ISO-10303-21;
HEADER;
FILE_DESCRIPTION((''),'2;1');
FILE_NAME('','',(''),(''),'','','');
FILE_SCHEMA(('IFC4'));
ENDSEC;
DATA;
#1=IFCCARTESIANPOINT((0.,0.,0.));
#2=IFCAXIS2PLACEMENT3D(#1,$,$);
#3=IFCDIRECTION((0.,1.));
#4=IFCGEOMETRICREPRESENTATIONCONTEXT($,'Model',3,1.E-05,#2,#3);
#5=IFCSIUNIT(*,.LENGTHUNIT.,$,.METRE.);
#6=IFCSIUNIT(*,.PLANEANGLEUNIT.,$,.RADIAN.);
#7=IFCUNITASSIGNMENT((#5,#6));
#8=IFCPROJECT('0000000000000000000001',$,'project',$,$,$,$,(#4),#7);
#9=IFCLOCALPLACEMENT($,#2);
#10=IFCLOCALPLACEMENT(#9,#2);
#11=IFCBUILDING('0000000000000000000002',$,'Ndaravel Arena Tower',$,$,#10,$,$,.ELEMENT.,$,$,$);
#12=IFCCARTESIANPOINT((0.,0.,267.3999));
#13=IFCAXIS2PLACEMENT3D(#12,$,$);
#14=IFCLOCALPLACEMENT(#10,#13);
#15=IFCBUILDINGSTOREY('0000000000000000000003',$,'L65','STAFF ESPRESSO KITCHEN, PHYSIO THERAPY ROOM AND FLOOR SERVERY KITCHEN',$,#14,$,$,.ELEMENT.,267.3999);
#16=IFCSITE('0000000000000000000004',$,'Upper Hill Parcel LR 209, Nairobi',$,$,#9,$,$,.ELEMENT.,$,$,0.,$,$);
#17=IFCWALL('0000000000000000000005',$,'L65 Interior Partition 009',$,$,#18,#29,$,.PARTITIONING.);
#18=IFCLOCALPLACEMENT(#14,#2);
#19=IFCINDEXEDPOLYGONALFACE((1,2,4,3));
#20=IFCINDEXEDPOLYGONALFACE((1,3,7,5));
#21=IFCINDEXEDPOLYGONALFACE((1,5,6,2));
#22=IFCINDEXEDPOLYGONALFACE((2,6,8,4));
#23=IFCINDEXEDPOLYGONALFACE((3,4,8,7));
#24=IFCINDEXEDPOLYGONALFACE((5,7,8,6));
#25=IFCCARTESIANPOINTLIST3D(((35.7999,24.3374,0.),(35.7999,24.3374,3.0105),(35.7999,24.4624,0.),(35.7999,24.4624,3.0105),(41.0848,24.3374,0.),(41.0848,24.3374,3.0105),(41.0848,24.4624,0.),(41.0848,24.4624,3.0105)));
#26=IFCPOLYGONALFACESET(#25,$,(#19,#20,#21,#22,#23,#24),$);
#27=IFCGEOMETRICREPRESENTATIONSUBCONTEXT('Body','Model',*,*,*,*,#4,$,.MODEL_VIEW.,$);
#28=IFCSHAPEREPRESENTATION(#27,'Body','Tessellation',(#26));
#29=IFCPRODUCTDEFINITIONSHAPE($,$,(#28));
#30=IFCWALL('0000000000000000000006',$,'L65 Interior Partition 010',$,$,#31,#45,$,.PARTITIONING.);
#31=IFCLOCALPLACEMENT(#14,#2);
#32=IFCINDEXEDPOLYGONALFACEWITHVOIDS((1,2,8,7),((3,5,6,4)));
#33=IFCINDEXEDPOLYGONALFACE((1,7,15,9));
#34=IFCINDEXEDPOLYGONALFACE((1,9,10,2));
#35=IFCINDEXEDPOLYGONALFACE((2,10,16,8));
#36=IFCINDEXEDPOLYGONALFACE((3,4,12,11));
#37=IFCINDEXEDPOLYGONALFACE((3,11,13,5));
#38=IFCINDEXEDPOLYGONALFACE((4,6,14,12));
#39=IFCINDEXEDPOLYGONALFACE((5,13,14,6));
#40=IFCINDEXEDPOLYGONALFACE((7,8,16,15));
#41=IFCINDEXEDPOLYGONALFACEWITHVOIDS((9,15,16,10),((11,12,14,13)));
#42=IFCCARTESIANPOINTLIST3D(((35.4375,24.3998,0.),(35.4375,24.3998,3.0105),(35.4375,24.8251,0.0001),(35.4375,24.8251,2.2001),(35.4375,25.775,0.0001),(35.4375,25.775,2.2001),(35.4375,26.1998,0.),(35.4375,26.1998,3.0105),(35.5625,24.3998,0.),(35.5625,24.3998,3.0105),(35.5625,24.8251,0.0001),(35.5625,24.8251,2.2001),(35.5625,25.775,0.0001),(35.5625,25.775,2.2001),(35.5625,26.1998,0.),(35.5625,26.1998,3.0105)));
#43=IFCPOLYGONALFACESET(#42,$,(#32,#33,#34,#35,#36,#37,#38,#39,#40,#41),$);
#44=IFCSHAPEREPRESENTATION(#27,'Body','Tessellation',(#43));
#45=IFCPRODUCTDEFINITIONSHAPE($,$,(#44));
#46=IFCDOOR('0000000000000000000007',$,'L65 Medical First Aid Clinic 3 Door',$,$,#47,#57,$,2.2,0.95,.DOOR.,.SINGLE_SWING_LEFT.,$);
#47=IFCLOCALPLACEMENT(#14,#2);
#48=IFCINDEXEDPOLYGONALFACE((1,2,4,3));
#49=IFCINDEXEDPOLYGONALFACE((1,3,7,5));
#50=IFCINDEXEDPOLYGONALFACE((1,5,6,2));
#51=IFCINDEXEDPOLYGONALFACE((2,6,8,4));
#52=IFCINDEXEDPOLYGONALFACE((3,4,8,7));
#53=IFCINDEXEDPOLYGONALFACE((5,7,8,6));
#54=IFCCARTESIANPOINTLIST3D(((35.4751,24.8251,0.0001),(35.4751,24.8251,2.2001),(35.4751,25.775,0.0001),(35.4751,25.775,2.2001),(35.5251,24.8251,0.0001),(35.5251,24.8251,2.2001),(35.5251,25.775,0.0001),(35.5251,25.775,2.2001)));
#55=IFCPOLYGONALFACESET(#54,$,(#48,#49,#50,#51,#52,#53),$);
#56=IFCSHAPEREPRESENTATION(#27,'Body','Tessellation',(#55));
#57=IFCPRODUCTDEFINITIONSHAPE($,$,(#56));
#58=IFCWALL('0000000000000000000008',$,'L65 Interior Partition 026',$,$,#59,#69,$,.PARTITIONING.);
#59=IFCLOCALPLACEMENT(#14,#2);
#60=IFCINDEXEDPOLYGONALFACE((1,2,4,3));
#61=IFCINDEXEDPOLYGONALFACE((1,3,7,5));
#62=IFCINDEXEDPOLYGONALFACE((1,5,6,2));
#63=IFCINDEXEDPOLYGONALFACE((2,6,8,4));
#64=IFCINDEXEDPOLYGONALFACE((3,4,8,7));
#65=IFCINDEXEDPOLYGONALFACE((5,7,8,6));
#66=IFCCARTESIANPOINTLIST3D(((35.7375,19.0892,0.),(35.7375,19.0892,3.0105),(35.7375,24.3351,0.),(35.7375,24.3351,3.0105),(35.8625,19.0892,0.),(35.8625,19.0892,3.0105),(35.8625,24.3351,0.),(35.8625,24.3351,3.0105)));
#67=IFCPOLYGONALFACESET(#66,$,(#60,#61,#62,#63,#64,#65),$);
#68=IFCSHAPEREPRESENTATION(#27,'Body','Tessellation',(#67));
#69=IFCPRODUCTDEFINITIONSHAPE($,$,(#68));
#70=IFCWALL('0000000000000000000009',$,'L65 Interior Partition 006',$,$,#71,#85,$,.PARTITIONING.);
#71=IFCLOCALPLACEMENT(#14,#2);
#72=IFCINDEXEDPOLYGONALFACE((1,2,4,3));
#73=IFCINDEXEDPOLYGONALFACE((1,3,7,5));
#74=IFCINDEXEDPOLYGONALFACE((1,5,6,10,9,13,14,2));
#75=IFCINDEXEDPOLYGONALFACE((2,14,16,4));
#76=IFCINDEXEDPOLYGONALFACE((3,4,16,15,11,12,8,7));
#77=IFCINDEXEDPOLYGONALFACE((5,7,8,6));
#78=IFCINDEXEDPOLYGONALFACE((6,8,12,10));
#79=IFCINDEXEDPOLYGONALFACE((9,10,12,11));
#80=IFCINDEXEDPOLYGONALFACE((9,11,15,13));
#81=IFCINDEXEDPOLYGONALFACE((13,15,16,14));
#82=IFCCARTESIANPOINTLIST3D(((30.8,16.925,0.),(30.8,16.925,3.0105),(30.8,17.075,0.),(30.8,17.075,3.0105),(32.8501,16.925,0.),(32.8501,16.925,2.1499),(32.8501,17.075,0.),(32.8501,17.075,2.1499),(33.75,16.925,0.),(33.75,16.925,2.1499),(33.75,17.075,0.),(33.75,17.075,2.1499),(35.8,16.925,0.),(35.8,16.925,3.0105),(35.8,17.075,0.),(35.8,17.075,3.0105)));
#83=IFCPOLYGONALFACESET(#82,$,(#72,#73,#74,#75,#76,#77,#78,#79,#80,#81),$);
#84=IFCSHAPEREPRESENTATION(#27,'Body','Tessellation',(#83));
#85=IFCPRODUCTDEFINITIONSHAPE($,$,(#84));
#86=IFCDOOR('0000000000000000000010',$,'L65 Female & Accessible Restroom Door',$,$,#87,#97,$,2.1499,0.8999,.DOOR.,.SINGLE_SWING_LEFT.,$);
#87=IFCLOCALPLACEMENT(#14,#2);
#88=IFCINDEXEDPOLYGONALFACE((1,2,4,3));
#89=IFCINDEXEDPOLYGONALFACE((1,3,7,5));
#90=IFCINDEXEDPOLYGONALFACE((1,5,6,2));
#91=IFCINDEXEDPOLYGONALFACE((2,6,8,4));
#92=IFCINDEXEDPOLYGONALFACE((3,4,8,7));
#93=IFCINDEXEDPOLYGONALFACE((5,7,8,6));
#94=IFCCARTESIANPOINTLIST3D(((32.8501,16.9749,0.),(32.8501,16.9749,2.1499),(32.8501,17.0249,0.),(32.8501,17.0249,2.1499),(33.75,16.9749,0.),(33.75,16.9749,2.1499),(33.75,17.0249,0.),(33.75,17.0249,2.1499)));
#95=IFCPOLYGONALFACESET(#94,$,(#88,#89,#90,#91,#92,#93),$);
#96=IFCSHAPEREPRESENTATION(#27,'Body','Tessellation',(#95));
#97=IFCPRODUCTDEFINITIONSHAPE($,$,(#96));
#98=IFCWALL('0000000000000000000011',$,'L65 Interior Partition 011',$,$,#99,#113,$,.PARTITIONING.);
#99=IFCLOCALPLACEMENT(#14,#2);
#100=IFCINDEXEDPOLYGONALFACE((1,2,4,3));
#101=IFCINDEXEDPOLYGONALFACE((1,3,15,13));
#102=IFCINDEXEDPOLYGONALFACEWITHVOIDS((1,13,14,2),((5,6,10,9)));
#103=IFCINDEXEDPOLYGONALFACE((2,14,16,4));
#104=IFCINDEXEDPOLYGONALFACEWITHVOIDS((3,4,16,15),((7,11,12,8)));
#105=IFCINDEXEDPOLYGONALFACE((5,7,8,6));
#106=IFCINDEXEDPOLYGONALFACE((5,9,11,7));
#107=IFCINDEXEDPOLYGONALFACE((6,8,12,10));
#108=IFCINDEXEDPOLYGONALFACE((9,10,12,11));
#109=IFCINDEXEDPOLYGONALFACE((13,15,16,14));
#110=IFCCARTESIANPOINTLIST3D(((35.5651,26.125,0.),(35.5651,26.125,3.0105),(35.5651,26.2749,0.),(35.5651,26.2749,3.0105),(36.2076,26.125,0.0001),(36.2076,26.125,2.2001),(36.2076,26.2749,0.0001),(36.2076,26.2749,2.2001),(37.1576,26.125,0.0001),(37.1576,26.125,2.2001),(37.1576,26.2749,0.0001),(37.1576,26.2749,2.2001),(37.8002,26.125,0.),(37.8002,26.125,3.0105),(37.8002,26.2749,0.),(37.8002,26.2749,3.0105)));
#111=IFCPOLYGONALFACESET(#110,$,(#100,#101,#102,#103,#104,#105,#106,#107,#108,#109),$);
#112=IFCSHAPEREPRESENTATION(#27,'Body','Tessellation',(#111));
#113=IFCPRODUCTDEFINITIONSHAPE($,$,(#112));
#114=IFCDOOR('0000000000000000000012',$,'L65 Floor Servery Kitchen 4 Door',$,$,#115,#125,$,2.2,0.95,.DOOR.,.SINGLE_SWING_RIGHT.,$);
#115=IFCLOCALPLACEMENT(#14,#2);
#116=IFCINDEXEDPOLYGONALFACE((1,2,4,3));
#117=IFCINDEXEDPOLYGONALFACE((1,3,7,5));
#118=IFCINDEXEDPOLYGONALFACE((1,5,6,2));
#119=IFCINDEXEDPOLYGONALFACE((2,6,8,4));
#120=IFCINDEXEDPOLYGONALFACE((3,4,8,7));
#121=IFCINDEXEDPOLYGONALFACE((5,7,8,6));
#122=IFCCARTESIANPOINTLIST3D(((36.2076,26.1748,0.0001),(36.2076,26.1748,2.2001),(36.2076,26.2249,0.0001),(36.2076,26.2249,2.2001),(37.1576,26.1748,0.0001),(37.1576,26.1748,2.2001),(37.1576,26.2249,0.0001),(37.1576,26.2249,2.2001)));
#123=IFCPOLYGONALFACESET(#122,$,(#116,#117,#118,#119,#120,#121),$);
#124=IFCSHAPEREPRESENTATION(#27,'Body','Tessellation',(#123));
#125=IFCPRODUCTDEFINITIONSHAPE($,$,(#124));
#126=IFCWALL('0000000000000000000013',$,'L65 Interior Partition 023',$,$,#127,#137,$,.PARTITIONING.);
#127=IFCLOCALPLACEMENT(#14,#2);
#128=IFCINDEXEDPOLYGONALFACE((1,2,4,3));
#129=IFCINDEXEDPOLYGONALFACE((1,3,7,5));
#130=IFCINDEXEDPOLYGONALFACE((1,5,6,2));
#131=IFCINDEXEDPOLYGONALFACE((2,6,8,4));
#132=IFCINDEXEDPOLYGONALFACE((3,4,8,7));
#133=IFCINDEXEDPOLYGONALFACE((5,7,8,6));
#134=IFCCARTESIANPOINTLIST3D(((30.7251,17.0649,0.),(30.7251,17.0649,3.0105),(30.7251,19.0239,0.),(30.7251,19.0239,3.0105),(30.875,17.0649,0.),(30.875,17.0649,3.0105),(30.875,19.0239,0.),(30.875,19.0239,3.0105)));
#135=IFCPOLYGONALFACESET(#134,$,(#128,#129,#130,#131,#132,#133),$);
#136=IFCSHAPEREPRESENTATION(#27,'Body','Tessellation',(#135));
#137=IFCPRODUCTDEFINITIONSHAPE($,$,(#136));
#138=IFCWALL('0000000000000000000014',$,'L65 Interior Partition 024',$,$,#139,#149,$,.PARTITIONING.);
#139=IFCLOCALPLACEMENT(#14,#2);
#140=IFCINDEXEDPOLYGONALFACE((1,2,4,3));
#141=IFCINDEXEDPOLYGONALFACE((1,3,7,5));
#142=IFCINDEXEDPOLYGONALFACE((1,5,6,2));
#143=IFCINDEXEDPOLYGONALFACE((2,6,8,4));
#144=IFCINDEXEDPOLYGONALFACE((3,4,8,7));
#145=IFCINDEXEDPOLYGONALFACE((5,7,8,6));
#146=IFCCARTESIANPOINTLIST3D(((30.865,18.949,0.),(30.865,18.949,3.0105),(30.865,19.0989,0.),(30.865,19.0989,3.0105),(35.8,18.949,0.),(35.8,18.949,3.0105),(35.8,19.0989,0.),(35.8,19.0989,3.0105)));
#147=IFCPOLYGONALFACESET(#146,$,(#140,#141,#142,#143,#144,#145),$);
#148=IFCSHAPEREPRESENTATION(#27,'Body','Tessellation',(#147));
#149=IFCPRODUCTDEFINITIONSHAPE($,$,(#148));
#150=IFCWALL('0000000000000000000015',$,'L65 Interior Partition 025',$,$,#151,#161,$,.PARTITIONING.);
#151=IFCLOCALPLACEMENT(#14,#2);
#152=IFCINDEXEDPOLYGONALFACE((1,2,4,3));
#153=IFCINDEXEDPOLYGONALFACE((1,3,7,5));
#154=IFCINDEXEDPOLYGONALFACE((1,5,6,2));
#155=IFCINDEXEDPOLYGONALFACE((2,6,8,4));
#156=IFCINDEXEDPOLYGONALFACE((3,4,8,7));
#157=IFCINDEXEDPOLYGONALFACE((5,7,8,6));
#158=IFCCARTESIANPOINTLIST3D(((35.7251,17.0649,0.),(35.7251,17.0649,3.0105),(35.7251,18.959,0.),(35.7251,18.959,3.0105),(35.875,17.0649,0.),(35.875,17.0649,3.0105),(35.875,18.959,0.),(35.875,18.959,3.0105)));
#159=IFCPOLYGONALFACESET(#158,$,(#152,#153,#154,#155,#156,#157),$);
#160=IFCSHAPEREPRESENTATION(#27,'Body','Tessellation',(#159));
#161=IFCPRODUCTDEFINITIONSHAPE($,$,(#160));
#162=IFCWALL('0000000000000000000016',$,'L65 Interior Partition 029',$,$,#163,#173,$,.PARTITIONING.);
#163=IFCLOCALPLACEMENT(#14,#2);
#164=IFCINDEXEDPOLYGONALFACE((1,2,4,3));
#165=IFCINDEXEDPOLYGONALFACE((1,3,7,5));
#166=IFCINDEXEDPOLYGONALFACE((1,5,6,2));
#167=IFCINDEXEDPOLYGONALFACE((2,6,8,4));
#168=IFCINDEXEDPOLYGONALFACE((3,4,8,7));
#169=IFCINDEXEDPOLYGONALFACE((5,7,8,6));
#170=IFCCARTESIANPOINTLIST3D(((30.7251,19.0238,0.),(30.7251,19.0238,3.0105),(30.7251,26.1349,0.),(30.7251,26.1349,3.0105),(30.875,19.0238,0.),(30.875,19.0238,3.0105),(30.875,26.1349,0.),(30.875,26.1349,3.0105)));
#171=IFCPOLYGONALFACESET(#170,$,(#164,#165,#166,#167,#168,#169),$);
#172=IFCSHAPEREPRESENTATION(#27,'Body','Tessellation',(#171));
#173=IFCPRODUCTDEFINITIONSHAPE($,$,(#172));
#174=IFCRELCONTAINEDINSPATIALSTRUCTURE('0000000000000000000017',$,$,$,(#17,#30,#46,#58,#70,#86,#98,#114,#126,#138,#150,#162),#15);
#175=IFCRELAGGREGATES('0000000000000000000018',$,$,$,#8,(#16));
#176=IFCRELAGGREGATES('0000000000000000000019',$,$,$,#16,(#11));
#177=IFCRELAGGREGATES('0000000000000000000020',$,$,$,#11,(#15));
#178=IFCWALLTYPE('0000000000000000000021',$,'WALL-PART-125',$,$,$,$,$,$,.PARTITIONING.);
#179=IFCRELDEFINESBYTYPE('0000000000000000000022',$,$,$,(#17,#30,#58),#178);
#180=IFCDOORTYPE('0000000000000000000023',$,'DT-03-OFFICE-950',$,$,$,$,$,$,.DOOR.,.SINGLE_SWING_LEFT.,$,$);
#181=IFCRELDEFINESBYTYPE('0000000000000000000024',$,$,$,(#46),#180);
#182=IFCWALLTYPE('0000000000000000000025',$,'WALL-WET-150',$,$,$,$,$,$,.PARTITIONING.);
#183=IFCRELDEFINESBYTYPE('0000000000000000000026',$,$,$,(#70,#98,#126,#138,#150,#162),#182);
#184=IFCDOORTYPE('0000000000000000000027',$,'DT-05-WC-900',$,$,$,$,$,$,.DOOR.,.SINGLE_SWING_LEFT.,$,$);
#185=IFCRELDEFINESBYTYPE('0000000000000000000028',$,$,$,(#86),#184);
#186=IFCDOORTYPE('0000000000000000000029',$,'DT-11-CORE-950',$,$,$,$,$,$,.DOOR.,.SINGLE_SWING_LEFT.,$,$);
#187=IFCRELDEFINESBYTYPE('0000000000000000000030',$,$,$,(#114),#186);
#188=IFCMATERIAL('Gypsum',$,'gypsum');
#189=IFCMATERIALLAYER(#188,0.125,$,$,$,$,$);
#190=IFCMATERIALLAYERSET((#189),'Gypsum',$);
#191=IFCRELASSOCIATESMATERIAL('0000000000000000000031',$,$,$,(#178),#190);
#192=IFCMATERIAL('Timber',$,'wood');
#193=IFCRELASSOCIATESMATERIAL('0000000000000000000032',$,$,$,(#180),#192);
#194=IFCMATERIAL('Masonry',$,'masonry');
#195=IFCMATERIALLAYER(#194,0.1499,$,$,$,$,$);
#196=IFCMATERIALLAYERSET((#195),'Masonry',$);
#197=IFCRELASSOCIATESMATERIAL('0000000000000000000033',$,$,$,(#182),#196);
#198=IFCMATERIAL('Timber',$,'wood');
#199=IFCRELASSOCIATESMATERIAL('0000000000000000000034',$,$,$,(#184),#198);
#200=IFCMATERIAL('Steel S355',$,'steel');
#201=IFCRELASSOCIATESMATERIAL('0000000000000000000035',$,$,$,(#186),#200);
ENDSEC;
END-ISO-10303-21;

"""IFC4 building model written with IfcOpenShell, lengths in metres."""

from ifc_helpers import new_model, si_unit, direction, frame, frame_2d, origin, place, context, subcontext, project, spatial, rectangle, extrude, material, layer, layer_set, type_object, element, fill, save


model = new_model("IFC4")

# Units and contexts
model_context = context("Model", 3, precision=1e-05, world=origin(), true_north=direction((0.0, 1.0)))
body_context = subcontext(model_context, "Body", "Model", "MODEL_VIEW")
ifc_project = project(units=[si_unit("LENGTHUNIT", "METRE"), si_unit("PLANEANGLEUNIT", "RADIAN")], contexts=[model_context])

# Site, building, storey
site_placement = place(None, origin())
site = spatial("IfcSite", under=ifc_project, at=site_placement, Name="Upper Hill Parcel LR 209, Nairobi", CompositionType="ELEMENT", RefElevation=0.0)
building_placement = place(site_placement, origin())
building = spatial("IfcBuilding", under=site, at=building_placement, Name="Ndaravel Arena Tower", CompositionType="ELEMENT")
storey_placement = place(building_placement, frame((0.0, 0.0, 267.3999)))
storey = spatial("IfcBuildingStorey", under=building, at=storey_placement, Name="L65", Description="STAFF ESPRESSO KITCHEN, PHYSIO THERAPY ROOM AND FLOOR SERVERY KITCHEN", CompositionType="ELEMENT", Elevation=267.3999)

# Shared definitions
ifc_material_1 = material(Name="Gypsum", Category="gypsum")
ifc_layer_1 = layer(ifc_material_1, 0.125)
ifc_layer_set_1 = layer_set([ifc_layer_1], Name="Gypsum")
wall_type_1 = type_object("IfcWallType", Name="WALL-PART-125", PredefinedType="PARTITIONING", material=ifc_layer_set_1)

# Wall
wall_1_placement = place(storey_placement, frame((41.085, 24.3999, 0.0), z_axis=(0.0, 0.0, 1.0), x_axis=(-1.0, 0.0, 0.0)))
element("IfcWall", 1, at=wall_1_placement, inside=storey, type_object=wall_type_1, Name="L65 Interior Partition 009", PredefinedType="PARTITIONING", context=body_context, shape_type="SweptSolid", body=[
    extrude(rectangle(XDim=5.2849, YDim=0.125, at=frame_2d((2.6426, 0.0))), origin(), (0.0, 0.0, 1.0), 3.0105),
])

# Wall, opening, door
wall_2_placement = place(storey_placement, frame((35.5, 24.3999, 0.0), z_axis=(0.0, 0.0, 1.0), x_axis=(0.0, 1.0, 0.0)))
wall_2 = element("IfcWall", 2, at=wall_2_placement, inside=storey, type_object=wall_type_1, Name="L65 Interior Partition 010", PredefinedType="PARTITIONING", context=body_context, shape_type="SweptSolid", body=[
    extrude(rectangle(XDim=1.8, YDim=0.125, at=frame_2d((0.8999, 0.0))), origin(), (0.0, 0.0, 1.0), 3.0105),
])
opening_1_placement = place(wall_2_placement, frame((0.425, 0.0, 0.0)))
opening_1 = element("IfcOpeningElement", 3, at=opening_1_placement, cuts=wall_2, PredefinedType="OPENING", context=body_context, shape_type="SweptSolid", body=[
    extrude(rectangle(XDim=0.95, YDim=2.2, at=frame_2d((0.4751, 1.1001))), frame((0.0, 0.0625, 0.0), z_axis=(0.0, -1.0, 0.0), x_axis=(1.0, 0.0, 0.0)), (0.0, 0.0, 1.0), 0.125),
])
ifc_material_2 = material(Name="Timber", Category="wood")
door_type_1 = type_object("IfcDoorType", Name="DT-03-OFFICE-950", OperationType="SINGLE_SWING_LEFT", PredefinedType="DOOR", material=ifc_material_2)
door_1_placement = place(opening_1_placement, origin())
door_1 = element("IfcDoor", 4, at=door_1_placement, inside=storey, type_object=door_type_1, Name="L65 Medical First Aid Clinic 3 Door", OperationType="SINGLE_SWING_LEFT", OverallHeight=2.2, OverallWidth=0.95, PredefinedType="DOOR", context=body_context, shape_type="SweptSolid", body=[
    extrude(rectangle(XDim=0.95, YDim=2.2, at=frame_2d((0.4751, 1.1001))), frame((0.0, 0.0249, 0.0), z_axis=(0.0, -1.0, 0.0), x_axis=(1.0, 0.0, 0.0)), (0.0, 0.0, 1.0), 0.05),
])
fill(opening_1, door_1)

# Wall
wall_3_placement = place(storey_placement, frame((35.8, 19.0891, 0.0), z_axis=(0.0, 0.0, 1.0), x_axis=(0.0, 1.0, 0.0)))
element("IfcWall", 5, at=wall_3_placement, inside=storey, type_object=wall_type_1, Name="L65 Interior Partition 026", PredefinedType="PARTITIONING", context=body_context, shape_type="SweptSolid", body=[
    extrude(rectangle(XDim=5.2458, YDim=0.125, at=frame_2d((2.623, 0.0))), origin(), (0.0, 0.0, 1.0), 3.0105),
])

# Walls, openings, doors
ifc_material_3 = material(Name="Masonry", Category="masonry")
ifc_layer_2 = layer(ifc_material_3, 0.1499)
ifc_layer_set_2 = layer_set([ifc_layer_2], Name="Masonry")
wall_type_2 = type_object("IfcWallType", Name="WALL-WET-150", PredefinedType="PARTITIONING", material=ifc_layer_set_2)
wall_4_placement = place(storey_placement, frame((30.8, 17.0, 0.0), z_axis=(0.0, 0.0, 1.0), x_axis=(1.0, 0.0, 0.0)))
wall_4 = element("IfcWall", 6, at=wall_4_placement, inside=storey, type_object=wall_type_2, Name="L65 Interior Partition 006", PredefinedType="PARTITIONING", context=body_context, shape_type="SweptSolid", body=[
    extrude(rectangle(XDim=5.0, YDim=0.1499, at=frame_2d((2.5, 0.0))), origin(), (0.0, 0.0, 1.0), 3.0105),
])
opening_2_placement = place(wall_4_placement, frame((2.05, 0.0, 0.0)))
opening_2 = element("IfcOpeningElement", 7, at=opening_2_placement, cuts=wall_4, PredefinedType="OPENING", context=body_context, shape_type="SweptSolid", body=[
    extrude(rectangle(XDim=0.8999, YDim=2.1499, at=frame_2d((0.45, 1.075))), frame((0.0, 0.075, 0.0), z_axis=(0.0, -1.0, 0.0), x_axis=(1.0, 0.0, 0.0)), (0.0, 0.0, 1.0), 0.1499),
])
ifc_material_4 = material(Name="Timber", Category="wood")
door_type_2 = type_object("IfcDoorType", Name="DT-05-WC-900", OperationType="SINGLE_SWING_LEFT", PredefinedType="DOOR", material=ifc_material_4)
door_2_placement = place(opening_2_placement, origin())
door_2 = element("IfcDoor", 8, at=door_2_placement, inside=storey, type_object=door_type_2, Name="L65 Female & Accessible Restroom Door", OperationType="SINGLE_SWING_LEFT", OverallHeight=2.1499, OverallWidth=0.8999, PredefinedType="DOOR", context=body_context, shape_type="SweptSolid", body=[
    extrude(rectangle(XDim=0.8999, YDim=2.1499, at=frame_2d((0.45, 1.075))), frame((0.0, 0.0249, 0.0), z_axis=(0.0, -1.0, 0.0), x_axis=(1.0, 0.0, 0.0)), (0.0, 0.0, 1.0), 0.05),
])
fill(opening_2, door_2)
wall_5_placement = place(storey_placement, frame((35.5649, 26.2, 0.0), z_axis=(0.0, 0.0, 1.0), x_axis=(1.0, 0.0, 0.0)))
wall_5 = element("IfcWall", 9, at=wall_5_placement, inside=storey, type_object=wall_type_2, Name="L65 Interior Partition 011", PredefinedType="PARTITIONING", context=body_context, shape_type="SweptSolid", body=[
    extrude(rectangle(XDim=2.2351, YDim=0.1499, at=frame_2d((1.1177, 0.0))), origin(), (0.0, 0.0, 1.0), 3.0105),
])
opening_3_placement = place(wall_5_placement, frame((0.6426, 0.0, 0.0)))
opening_3 = element("IfcOpeningElement", 10, at=opening_3_placement, cuts=wall_5, PredefinedType="OPENING", context=body_context, shape_type="SweptSolid", body=[
    extrude(rectangle(XDim=0.95, YDim=2.2, at=frame_2d((0.4751, 1.1001))), frame((0.0, 0.075, 0.0), z_axis=(0.0, -1.0, 0.0), x_axis=(1.0, 0.0, 0.0)), (0.0, 0.0, 1.0), 0.1499),
])
ifc_material_5 = material(Name="Steel S355", Category="steel")
door_type_3 = type_object("IfcDoorType", Name="DT-11-CORE-950", OperationType="SINGLE_SWING_LEFT", PredefinedType="DOOR", material=ifc_material_5)
door_3_placement = place(opening_3_placement, origin())
door_3 = element("IfcDoor", 11, at=door_3_placement, inside=storey, type_object=door_type_3, Name="L65 Floor Servery Kitchen 4 Door", OperationType="SINGLE_SWING_RIGHT", OverallHeight=2.2, OverallWidth=0.95, PredefinedType="DOOR", context=body_context, shape_type="SweptSolid", body=[
    extrude(rectangle(XDim=0.95, YDim=2.2, at=frame_2d((0.4751, 1.1001))), frame((0.0, 0.0249, 0.0), z_axis=(0.0, -1.0, 0.0), x_axis=(1.0, 0.0, 0.0)), (0.0, 0.0, 1.0), 0.05),
])
fill(opening_3, door_3)

# Walls
wall_6_placement = place(storey_placement, frame((30.8, 17.0649, 0.0), z_axis=(0.0, 0.0, 1.0), x_axis=(0.0, 1.0, 0.0)))
element("IfcWall", 12, at=wall_6_placement, inside=storey, type_object=wall_type_2, Name="L65 Interior Partition 023", PredefinedType="PARTITIONING", context=body_context, shape_type="SweptSolid", body=[
    extrude(rectangle(XDim=1.959, YDim=0.1499, at=frame_2d((0.9795, 0.0))), origin(), (0.0, 0.0, 1.0), 3.0105),
])
wall_7_placement = place(storey_placement, frame((30.865, 19.0239, 0.0), z_axis=(0.0, 0.0, 1.0), x_axis=(1.0, 0.0, 0.0)))
element("IfcWall", 13, at=wall_7_placement, inside=storey, type_object=wall_type_2, Name="L65 Interior Partition 024", PredefinedType="PARTITIONING", context=body_context, shape_type="SweptSolid", body=[
    extrude(rectangle(XDim=4.9351, YDim=0.1499, at=frame_2d((2.4675, 0.0))), origin(), (0.0, 0.0, 1.0), 3.0105),
])
wall_8_placement = place(storey_placement, frame((35.8, 18.959, 0.0), z_axis=(0.0, 0.0, 1.0), x_axis=(0.0, -1.0, 0.0)))
element("IfcWall", 14, at=wall_8_placement, inside=storey, type_object=wall_type_2, Name="L65 Interior Partition 025", PredefinedType="PARTITIONING", context=body_context, shape_type="SweptSolid", body=[
    extrude(rectangle(XDim=1.894, YDim=0.1499, at=frame_2d((0.947, 0.0))), origin(), (0.0, 0.0, 1.0), 3.0105),
])
wall_9_placement = place(storey_placement, frame((30.8, 26.135, 0.0), z_axis=(0.0, 0.0, 1.0), x_axis=(0.0, -1.0, 0.0)))
element("IfcWall", 15, at=wall_9_placement, inside=storey, type_object=wall_type_2, Name="L65 Interior Partition 029", PredefinedType="PARTITIONING", context=body_context, shape_type="SweptSolid", body=[
    extrude(rectangle(XDim=7.1111, YDim=0.1499, at=frame_2d((3.5557, 0.0))), origin(), (0.0, 0.0, 1.0), 3.0105),
])

save(model, "model.ifc")
